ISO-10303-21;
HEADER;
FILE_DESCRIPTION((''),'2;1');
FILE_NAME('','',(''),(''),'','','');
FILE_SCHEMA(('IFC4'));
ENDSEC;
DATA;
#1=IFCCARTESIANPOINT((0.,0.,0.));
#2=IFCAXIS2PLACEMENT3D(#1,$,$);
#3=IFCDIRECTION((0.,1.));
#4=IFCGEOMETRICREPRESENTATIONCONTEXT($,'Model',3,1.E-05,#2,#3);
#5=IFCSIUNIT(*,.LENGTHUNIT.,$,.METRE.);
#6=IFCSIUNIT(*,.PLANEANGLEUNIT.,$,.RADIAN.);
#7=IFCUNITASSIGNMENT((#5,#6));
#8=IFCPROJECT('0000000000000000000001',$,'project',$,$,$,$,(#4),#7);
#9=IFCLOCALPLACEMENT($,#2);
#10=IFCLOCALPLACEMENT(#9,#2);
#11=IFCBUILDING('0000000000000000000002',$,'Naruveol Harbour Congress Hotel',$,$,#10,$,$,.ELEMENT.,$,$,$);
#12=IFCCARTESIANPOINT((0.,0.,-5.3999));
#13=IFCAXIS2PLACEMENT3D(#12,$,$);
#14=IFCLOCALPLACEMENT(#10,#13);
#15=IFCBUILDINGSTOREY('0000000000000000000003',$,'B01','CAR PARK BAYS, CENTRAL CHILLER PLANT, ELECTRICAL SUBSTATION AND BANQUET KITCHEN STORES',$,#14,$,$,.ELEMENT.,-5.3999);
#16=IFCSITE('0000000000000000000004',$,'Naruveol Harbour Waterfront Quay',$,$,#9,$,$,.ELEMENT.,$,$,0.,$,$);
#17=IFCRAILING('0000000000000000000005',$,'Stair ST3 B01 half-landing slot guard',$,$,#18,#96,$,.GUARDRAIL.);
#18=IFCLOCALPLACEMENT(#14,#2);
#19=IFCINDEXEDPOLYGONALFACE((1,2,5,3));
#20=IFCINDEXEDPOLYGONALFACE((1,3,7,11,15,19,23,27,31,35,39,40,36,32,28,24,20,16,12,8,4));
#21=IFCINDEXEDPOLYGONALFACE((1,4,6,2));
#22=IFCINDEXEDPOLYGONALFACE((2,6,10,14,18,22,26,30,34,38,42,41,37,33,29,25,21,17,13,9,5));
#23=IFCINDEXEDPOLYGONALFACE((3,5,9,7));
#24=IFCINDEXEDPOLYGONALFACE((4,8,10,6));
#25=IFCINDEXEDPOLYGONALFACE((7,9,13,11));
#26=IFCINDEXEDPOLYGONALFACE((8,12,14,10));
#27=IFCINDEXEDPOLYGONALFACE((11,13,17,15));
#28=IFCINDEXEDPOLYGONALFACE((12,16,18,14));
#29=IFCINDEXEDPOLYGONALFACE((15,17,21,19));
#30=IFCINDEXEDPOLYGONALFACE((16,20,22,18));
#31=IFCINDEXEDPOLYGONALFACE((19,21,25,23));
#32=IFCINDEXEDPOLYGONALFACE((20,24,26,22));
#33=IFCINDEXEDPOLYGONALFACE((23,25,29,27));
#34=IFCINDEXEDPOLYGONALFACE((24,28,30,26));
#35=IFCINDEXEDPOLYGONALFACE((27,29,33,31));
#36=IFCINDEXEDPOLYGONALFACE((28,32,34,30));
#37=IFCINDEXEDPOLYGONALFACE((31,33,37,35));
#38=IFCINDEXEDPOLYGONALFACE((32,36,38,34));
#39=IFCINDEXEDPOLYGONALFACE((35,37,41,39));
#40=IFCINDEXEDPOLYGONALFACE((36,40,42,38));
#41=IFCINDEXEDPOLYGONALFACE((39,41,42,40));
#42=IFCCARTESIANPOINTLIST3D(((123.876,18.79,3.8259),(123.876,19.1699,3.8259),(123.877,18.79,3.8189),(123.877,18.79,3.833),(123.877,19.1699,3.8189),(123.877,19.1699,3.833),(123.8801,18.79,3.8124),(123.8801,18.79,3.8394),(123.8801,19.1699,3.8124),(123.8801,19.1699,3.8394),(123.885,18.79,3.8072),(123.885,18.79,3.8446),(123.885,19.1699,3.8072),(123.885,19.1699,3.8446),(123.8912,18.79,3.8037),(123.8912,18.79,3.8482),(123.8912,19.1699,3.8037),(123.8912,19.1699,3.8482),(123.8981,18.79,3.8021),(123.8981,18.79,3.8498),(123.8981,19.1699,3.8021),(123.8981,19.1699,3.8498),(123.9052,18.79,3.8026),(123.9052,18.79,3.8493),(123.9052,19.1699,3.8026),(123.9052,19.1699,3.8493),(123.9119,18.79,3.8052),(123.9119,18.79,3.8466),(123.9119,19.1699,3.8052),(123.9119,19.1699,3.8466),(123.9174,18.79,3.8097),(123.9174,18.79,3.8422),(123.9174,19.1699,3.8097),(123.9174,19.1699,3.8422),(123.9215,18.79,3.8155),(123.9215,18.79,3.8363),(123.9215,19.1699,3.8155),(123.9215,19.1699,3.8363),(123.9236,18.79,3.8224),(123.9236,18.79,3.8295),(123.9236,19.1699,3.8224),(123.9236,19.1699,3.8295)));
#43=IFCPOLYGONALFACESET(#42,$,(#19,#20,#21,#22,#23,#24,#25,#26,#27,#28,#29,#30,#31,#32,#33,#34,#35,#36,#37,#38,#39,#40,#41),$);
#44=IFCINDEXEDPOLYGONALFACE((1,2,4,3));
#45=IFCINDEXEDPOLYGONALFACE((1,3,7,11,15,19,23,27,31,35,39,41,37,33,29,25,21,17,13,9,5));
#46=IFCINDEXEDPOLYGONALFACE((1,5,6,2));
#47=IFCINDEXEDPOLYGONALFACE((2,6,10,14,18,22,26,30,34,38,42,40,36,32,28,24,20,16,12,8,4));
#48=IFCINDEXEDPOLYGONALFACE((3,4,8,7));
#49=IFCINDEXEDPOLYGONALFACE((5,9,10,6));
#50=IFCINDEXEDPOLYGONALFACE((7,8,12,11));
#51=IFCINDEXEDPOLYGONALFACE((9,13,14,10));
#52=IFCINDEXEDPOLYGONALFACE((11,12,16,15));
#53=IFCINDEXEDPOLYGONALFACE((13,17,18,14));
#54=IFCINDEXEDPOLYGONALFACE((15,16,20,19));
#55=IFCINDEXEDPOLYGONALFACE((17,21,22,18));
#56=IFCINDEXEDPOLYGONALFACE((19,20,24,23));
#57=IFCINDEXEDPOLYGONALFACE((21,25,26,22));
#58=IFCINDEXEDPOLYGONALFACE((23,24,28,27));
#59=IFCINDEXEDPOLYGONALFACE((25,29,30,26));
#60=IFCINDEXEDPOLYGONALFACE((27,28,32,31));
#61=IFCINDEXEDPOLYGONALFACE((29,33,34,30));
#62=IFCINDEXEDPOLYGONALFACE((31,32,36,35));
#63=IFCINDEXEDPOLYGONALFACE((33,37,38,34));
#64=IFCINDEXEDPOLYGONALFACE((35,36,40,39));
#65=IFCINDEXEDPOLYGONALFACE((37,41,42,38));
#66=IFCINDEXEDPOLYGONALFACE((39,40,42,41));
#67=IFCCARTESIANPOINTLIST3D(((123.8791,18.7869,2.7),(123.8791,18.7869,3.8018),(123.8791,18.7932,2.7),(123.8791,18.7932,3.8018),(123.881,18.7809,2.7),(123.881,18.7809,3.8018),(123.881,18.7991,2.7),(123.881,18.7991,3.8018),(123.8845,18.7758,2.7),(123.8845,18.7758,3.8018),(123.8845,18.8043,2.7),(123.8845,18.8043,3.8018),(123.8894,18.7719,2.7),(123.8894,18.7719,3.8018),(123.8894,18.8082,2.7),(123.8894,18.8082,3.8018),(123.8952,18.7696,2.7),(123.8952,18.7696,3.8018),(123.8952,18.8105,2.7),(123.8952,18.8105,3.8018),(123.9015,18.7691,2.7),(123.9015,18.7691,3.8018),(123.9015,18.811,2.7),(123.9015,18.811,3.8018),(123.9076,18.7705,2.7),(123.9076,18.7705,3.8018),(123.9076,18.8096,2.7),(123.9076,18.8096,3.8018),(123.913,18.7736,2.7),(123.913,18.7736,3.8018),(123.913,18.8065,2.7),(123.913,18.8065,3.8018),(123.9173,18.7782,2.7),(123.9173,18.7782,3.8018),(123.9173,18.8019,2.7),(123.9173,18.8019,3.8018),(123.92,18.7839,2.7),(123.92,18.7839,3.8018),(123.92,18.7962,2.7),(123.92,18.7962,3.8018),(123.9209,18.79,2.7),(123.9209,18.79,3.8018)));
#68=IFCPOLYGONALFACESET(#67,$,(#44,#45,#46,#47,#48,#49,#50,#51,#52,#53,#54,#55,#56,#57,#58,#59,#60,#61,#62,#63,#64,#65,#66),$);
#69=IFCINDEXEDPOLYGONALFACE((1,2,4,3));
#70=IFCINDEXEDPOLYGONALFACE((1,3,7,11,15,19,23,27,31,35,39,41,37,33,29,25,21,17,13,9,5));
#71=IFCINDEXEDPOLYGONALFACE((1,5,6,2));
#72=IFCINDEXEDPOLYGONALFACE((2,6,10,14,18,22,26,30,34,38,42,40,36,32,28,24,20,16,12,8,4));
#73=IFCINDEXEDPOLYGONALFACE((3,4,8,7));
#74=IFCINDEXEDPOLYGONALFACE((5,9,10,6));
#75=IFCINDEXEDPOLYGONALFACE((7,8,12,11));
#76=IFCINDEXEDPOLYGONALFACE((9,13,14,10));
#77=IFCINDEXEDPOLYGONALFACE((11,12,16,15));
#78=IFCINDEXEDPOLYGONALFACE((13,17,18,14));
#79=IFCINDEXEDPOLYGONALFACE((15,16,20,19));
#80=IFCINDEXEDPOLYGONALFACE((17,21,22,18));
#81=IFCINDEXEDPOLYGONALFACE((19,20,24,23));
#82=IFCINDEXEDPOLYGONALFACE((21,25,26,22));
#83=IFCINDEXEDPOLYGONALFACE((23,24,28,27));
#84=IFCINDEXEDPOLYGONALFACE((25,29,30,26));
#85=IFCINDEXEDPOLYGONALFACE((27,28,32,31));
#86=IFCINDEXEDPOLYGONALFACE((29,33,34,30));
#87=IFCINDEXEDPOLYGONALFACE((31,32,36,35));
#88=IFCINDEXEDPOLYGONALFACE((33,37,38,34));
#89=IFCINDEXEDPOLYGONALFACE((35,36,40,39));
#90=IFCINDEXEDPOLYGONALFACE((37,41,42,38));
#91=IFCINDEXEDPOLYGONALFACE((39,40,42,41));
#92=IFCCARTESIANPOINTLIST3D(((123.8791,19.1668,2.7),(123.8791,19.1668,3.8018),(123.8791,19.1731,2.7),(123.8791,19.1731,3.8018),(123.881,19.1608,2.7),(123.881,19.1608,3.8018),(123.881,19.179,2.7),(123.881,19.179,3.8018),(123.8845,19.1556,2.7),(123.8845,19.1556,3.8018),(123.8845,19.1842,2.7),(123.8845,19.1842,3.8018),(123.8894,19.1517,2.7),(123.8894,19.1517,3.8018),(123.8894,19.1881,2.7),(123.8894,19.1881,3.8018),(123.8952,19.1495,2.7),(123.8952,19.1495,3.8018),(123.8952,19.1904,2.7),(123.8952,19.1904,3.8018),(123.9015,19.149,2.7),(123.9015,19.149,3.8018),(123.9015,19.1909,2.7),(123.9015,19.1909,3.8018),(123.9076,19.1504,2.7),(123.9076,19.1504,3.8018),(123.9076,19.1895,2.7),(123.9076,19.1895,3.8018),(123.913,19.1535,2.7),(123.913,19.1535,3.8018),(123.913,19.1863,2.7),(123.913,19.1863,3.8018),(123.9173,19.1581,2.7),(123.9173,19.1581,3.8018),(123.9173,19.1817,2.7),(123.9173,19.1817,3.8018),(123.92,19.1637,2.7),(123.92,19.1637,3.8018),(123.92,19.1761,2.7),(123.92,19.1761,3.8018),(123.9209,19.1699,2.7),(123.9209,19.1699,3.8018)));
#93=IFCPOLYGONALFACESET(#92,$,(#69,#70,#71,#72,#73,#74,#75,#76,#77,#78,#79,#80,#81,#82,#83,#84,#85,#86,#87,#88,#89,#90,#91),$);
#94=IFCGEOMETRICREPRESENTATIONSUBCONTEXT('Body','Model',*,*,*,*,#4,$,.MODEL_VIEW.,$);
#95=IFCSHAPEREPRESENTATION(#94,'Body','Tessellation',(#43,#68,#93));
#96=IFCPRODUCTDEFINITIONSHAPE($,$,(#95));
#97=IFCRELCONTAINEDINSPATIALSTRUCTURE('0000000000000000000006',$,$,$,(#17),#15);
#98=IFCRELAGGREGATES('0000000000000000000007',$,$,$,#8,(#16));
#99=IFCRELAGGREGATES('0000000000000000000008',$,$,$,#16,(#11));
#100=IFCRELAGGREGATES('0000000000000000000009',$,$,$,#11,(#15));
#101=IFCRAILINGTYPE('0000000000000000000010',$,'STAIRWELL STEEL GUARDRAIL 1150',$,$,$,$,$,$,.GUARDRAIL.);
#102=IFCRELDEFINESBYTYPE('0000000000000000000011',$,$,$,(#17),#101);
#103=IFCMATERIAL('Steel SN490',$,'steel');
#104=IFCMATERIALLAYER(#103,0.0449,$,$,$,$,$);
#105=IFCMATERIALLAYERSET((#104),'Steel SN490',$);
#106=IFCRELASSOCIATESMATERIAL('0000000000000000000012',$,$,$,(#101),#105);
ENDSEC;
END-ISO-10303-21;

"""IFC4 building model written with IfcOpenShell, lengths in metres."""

from ifc_helpers import new_model, si_unit, direction, frame, origin, origin_2d, place, context, subcontext, project, spatial, circle, extrude, material, layer, layer_set, type_object, element, save


model = new_model("IFC4")

# Units and contexts
model_context = context("Model", 3, precision=1e-05, world=origin(), true_north=direction((0.0, 1.0)))
body_context = subcontext(model_context, "Body", "Model", "MODEL_VIEW")
ifc_project = project(units=[si_unit("LENGTHUNIT", "METRE"), si_unit("PLANEANGLEUNIT", "RADIAN")], contexts=[model_context])

# Site, building, storey
site_placement = place(None, origin())
site = spatial("IfcSite", under=ifc_project, at=site_placement, Name="Naruveol Harbour Waterfront Quay", CompositionType="ELEMENT", RefElevation=0.0)
building_placement = place(site_placement, origin())
building = spatial("IfcBuilding", under=site, at=building_placement, Name="Naruveol Harbour Congress Hotel", CompositionType="ELEMENT")
storey_placement = place(building_placement, frame((0.0, 0.0, -5.3999)))
storey = spatial("IfcBuildingStorey", under=building, at=storey_placement, Name="B01", Description="CAR PARK BAYS, CENTRAL CHILLER PLANT, ELECTRICAL SUBSTATION AND BANQUET KITCHEN STORES", CompositionType="ELEMENT", Elevation=-5.3999)

# Railing
ifc_material_1 = material(Name="Steel SN490", Category="steel")
ifc_layer_1 = layer(ifc_material_1, 0.0449)
ifc_layer_set_1 = layer_set([ifc_layer_1], Name="Steel SN490")
railing_type_1 = type_object("IfcRailingType", Name="STAIRWELL STEEL GUARDRAIL 1150", PredefinedType="GUARDRAIL", material=ifc_layer_set_1)
railing_1_placement = place(storey_placement, frame((123.8999, 18.79, 2.7)))
element("IfcRailing", 1, at=railing_1_placement, inside=storey, type_object=railing_type_1, Name="Stair ST3 B01 half-landing slot guard", PredefinedType="GUARDRAIL", context=body_context, shape_type="SweptSolid", body=[
    extrude(circle(Radius=0.0239, at=origin_2d()), frame((0.0, 0.0, 1.126), z_axis=(0.0, 1.0, 0.0), x_axis=(-1.0, 0.0, 0.0)), (0.0, 0.0, 1.0), 0.3799),
    extrude(circle(Radius=0.021, at=origin_2d()), origin(), (0.0, 0.0, 1.0), 1.1018),
    extrude(circle(Radius=0.021, at=origin_2d()), frame((0.0, 0.3799, 0.0)), (0.0, 0.0, 1.0), 1.1018),
])

save(model, "model.ifc")
